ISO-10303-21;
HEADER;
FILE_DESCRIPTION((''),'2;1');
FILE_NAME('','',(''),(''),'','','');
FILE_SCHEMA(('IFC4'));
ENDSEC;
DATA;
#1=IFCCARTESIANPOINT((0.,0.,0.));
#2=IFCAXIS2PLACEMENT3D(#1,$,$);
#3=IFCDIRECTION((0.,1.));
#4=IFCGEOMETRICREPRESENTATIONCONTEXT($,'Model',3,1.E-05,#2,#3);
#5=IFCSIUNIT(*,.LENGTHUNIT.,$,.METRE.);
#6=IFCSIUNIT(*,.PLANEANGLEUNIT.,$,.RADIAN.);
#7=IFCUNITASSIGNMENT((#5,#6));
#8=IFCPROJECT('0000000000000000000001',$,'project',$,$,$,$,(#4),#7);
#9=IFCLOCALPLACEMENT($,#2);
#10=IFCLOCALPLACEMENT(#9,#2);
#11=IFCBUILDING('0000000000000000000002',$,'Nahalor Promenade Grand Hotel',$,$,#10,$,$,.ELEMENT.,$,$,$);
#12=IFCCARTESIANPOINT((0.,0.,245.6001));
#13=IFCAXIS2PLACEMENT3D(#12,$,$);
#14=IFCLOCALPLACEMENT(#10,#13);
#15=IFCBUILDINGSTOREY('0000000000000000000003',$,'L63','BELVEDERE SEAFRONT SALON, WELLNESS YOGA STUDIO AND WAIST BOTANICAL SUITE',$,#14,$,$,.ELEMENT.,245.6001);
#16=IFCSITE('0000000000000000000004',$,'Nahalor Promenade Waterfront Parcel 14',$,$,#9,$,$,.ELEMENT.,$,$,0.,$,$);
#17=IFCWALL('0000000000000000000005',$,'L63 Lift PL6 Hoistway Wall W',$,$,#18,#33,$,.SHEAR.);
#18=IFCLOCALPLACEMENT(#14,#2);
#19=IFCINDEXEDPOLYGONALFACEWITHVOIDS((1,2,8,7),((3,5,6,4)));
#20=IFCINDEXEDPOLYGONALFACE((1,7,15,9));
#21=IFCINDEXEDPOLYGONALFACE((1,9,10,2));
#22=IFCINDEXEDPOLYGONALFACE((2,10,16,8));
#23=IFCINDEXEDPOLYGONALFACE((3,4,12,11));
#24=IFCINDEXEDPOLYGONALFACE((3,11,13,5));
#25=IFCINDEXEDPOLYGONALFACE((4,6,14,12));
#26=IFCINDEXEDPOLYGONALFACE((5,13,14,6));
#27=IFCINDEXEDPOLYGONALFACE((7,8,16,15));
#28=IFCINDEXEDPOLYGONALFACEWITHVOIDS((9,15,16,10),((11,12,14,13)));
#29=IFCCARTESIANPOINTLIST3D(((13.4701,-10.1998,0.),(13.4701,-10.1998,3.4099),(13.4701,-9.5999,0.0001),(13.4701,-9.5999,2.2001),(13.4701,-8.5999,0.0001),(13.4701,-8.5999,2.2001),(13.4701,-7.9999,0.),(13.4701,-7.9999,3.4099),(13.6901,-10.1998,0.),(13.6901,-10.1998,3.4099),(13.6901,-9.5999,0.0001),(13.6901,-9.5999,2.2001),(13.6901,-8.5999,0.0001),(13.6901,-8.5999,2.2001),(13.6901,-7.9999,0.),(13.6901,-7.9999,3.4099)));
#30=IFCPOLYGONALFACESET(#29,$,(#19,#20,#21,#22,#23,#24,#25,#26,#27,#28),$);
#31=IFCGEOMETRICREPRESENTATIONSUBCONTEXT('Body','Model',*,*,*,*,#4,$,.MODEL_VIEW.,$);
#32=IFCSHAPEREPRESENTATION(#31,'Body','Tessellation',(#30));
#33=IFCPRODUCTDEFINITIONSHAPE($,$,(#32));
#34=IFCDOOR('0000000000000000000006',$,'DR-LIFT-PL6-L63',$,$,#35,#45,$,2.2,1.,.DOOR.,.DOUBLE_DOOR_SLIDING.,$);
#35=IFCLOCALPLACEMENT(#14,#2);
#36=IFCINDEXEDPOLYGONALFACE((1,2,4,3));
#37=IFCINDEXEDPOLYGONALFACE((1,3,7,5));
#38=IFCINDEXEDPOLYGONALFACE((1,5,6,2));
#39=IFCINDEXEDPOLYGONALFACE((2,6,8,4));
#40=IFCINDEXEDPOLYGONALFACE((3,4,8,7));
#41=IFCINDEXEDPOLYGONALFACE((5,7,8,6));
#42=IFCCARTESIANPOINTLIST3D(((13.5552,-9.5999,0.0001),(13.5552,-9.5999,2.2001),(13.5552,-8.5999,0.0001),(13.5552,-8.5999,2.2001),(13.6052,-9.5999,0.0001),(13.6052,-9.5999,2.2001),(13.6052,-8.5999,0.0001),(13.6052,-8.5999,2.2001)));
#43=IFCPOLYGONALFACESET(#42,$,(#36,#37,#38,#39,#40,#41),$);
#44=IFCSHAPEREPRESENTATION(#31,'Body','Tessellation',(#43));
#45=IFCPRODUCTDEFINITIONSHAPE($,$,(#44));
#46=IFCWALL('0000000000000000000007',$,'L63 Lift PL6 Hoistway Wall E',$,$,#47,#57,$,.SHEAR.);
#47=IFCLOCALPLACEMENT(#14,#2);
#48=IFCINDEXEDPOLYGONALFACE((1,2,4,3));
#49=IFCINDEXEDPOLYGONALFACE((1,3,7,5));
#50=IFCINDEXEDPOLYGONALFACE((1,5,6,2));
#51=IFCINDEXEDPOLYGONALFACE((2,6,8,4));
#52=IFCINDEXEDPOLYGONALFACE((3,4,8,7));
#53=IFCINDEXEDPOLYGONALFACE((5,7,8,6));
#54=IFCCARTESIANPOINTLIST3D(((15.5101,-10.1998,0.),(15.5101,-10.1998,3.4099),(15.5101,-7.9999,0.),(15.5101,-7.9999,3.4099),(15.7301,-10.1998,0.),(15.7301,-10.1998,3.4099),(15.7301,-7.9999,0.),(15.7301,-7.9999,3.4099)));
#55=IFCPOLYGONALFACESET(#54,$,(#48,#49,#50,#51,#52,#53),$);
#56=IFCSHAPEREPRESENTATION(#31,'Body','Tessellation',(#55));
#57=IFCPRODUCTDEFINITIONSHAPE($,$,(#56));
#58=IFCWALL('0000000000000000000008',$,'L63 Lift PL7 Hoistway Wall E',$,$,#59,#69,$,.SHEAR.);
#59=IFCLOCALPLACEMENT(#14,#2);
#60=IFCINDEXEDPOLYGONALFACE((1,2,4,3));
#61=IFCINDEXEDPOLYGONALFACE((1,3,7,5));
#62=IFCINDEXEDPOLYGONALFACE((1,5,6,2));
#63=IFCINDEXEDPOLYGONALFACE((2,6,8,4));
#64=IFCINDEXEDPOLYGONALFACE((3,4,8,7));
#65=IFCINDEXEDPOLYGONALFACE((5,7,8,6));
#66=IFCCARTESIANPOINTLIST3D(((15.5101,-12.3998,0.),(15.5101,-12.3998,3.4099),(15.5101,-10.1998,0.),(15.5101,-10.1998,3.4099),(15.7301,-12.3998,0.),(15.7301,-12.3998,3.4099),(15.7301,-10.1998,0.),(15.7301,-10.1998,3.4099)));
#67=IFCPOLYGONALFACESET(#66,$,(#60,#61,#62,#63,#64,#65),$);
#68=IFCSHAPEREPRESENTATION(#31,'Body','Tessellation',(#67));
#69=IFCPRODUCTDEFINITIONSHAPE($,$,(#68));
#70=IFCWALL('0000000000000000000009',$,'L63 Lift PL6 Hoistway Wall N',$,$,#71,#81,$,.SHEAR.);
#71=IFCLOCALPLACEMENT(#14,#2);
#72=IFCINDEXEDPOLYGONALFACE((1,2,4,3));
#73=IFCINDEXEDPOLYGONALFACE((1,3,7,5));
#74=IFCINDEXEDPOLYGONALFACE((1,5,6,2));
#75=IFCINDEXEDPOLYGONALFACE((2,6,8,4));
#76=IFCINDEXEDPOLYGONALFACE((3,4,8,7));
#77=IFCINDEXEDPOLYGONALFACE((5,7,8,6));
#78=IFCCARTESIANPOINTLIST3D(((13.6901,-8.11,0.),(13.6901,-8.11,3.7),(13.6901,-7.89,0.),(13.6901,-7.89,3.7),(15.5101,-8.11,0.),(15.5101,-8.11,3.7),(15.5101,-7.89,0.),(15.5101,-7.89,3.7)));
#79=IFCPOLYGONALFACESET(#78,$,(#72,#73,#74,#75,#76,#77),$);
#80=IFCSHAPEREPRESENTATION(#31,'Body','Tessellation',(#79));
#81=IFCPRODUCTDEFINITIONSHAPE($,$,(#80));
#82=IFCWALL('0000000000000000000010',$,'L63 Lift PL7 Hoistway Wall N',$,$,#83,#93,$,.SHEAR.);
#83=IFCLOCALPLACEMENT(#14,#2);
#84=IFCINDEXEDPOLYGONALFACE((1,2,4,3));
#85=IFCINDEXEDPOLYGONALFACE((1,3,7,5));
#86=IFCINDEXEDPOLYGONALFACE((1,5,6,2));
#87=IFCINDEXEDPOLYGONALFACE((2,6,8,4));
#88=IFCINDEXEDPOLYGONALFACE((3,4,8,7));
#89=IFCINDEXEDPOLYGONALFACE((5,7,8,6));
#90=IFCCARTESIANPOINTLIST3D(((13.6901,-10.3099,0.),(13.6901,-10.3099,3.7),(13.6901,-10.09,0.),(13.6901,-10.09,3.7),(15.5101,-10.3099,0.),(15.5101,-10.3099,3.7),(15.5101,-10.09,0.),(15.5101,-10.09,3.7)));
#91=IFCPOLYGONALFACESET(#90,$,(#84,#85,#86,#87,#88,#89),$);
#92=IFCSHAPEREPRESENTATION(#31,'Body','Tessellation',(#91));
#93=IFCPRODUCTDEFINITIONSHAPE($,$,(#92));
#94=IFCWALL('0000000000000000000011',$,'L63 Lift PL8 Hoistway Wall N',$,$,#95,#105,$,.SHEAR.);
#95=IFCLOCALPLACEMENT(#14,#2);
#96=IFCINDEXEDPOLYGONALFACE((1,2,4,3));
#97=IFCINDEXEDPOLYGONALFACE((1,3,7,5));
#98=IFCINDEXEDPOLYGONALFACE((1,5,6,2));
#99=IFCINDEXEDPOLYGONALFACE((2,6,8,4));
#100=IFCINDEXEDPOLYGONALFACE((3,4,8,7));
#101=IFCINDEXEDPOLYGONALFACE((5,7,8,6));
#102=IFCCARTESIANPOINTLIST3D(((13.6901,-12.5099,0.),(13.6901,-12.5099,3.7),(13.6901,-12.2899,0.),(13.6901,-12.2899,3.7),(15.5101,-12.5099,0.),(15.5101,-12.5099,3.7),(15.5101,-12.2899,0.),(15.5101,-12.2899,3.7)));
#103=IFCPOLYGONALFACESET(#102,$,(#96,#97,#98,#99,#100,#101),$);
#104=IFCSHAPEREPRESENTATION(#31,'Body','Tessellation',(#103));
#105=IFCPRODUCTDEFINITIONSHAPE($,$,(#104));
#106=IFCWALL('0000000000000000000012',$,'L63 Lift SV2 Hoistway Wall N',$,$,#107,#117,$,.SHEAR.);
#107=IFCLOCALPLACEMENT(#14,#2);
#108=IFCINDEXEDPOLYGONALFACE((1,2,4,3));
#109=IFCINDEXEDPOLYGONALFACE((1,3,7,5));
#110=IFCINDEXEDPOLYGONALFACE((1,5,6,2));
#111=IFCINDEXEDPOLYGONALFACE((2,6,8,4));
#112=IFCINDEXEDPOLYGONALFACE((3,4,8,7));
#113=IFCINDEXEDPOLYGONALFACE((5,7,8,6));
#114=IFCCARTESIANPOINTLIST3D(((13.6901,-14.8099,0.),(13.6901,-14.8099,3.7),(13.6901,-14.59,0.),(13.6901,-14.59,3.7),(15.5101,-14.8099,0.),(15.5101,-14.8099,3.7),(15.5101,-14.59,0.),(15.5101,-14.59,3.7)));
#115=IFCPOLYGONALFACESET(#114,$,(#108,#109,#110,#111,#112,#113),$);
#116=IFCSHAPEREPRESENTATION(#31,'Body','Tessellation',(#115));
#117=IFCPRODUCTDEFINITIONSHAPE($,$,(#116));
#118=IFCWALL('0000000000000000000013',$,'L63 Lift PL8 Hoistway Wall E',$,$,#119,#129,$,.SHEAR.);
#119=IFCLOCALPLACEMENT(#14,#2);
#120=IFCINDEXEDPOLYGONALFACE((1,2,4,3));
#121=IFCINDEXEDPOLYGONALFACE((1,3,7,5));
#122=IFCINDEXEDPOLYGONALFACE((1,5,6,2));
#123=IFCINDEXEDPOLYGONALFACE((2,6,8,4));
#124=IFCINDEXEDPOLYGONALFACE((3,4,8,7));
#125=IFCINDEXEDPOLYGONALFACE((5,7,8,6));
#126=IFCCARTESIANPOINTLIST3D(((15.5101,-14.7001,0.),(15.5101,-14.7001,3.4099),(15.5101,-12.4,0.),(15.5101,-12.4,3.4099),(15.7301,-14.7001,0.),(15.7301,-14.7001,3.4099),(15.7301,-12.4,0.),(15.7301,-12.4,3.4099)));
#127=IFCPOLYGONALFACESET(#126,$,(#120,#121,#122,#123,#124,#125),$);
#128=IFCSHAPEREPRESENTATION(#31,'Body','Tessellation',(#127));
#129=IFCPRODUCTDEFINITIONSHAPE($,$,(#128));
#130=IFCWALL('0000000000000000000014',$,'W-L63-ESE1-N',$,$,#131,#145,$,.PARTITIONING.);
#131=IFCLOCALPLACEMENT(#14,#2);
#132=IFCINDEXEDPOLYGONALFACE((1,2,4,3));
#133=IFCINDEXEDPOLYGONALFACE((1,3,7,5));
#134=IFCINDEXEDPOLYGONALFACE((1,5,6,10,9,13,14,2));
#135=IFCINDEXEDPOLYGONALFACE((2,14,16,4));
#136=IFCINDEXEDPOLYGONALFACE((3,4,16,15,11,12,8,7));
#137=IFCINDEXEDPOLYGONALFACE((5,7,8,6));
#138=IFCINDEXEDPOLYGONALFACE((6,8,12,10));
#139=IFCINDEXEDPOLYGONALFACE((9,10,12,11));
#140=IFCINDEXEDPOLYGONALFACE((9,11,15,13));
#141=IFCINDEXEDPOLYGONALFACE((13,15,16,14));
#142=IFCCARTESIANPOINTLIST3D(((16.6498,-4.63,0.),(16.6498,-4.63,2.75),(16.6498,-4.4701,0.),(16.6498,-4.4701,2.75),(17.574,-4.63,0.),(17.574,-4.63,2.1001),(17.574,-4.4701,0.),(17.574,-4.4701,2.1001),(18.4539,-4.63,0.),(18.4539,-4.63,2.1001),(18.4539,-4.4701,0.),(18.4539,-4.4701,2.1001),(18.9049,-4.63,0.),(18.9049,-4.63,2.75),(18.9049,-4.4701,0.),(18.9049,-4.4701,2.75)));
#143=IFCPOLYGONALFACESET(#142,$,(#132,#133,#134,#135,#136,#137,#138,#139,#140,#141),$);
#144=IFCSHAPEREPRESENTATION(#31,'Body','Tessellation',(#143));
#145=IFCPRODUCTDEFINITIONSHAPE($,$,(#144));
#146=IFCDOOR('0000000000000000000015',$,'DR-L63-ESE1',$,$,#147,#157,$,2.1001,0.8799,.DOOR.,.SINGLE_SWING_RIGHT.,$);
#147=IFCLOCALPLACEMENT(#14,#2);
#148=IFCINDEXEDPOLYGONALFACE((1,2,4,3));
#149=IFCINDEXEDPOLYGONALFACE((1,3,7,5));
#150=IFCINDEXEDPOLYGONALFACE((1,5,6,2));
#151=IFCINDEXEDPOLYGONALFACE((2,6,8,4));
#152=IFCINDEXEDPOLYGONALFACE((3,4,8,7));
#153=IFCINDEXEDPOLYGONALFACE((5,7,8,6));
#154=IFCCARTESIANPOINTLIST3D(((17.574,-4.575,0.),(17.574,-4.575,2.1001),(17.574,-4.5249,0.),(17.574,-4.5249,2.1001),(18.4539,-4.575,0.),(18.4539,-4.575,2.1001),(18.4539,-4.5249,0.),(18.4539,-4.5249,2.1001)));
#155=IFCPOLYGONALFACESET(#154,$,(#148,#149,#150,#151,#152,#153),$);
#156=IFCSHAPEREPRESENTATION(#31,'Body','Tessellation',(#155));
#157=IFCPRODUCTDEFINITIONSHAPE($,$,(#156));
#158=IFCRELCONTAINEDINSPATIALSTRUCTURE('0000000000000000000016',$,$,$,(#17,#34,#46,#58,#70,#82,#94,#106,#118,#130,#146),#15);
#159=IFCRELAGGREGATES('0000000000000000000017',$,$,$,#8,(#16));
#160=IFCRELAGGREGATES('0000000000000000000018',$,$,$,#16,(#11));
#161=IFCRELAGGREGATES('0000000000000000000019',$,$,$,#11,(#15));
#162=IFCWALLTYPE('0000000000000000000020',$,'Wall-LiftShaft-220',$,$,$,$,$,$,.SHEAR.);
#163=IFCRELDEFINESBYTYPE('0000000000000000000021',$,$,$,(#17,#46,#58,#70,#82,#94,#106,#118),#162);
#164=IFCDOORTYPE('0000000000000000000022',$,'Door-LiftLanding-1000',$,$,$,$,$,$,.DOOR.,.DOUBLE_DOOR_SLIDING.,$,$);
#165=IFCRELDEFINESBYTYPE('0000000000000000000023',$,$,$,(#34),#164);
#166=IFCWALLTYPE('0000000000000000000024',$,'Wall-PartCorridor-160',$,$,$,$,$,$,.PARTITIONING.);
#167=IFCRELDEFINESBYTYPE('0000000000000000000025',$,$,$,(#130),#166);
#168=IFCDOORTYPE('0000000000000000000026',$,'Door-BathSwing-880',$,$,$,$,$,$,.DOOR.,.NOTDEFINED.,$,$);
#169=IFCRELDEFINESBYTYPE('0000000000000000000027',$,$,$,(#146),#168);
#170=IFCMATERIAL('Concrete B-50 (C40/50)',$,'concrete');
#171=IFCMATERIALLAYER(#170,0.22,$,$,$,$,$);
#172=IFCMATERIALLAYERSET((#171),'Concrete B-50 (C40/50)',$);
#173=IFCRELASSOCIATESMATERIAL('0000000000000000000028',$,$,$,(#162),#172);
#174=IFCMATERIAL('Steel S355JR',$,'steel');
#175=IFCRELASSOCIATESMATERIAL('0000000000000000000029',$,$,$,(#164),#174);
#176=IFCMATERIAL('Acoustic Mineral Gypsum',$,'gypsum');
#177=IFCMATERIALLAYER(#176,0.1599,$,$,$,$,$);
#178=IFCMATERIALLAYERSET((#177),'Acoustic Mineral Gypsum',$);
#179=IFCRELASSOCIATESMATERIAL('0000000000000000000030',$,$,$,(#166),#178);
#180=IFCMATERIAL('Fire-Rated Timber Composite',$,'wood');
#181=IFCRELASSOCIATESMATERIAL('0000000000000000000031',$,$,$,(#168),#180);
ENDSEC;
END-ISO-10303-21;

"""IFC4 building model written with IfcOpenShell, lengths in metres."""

from ifc_helpers import new_model, si_unit, direction, frame, frame_2d, origin, place, context, subcontext, project, spatial, rectangle, extrude, source, transform, mapped, material, layer, layer_set, type_object, element, fill, save


model = new_model("IFC4")

# Units and contexts
model_context = context("Model", 3, precision=1e-05, world=origin(), true_north=direction((0.0, 1.0)))
body_context = subcontext(model_context, "Body", "Model", "MODEL_VIEW")
ifc_project = project(units=[si_unit("LENGTHUNIT", "METRE"), si_unit("PLANEANGLEUNIT", "RADIAN")], contexts=[model_context])

# Site, building, storey
site_placement = place(None, origin())
site = spatial("IfcSite", under=ifc_project, at=site_placement, Name="Nahalor Promenade Waterfront Parcel 14", CompositionType="ELEMENT", RefElevation=0.0)
building_placement = place(site_placement, origin())
building = spatial("IfcBuilding", under=site, at=building_placement, Name="Nahalor Promenade Grand Hotel", CompositionType="ELEMENT")
storey_placement = place(building_placement, frame((0.0, 0.0, 245.6001)))
storey = spatial("IfcBuildingStorey", under=building, at=storey_placement, Name="L63", Description="BELVEDERE SEAFRONT SALON, WELLNESS YOGA STUDIO AND WAIST BOTANICAL SUITE", CompositionType="ELEMENT", Elevation=245.6001)

# Shared definitions
ifc_material_1 = material(Name="Steel S355JR", Category="steel")

# Shared definitions
ifc_material_2 = material(Name="Concrete B-50 (C40/50)", Category="concrete")
ifc_layer_1 = layer(ifc_material_2, 0.22)
ifc_layer_set_1 = layer_set([ifc_layer_1], Name="Concrete B-50 (C40/50)")
wall_type_1 = type_object("IfcWallType", Name="Wall-LiftShaft-220", PredefinedType="SHEAR", material=ifc_layer_set_1)
door_type_1 = type_object("IfcDoorType", Name="Door-LiftLanding-1000", OperationType="DOUBLE_DOOR_SLIDING", PredefinedType="DOOR", material=ifc_material_1)
shared_shape_1 = source(origin(), body_context, "Body", "SweptSolid", [
    extrude(rectangle(XDim=1.0, YDim=2.2, at=frame_2d((0.5, 1.1001))), frame((0.0, 0.0249, 0.0), z_axis=(0.0, -1.0, 0.0), x_axis=(1.0, 0.0, 0.0)), (0.0, 0.0, 1.0), 0.05),
])

# Wall, opening, door
shared_shape_2 = source(origin(), body_context, "Body", "SweptSolid", [
    extrude(rectangle(XDim=2.2, YDim=0.22, at=frame_2d((1.1001, 0.0))), origin(), (0.0, 0.0, 1.0), 3.4099),
])
wall_1_placement = place(storey_placement, frame((13.5801, -10.2, 0.0), z_axis=(0.0, 0.0, 1.0), x_axis=(0.0, 1.0, 0.0)))
wall_1 = element("IfcWall", 1, at=wall_1_placement, inside=storey, type_object=wall_type_1, Name="L63 Lift PL6 Hoistway Wall W", PredefinedType="SHEAR", context=body_context, shape_type="MappedRepresentation", body=[
    mapped(shared_shape_2, transform((0.0, 0.0, 0.0), scale=1.0)),
])
opening_1_placement = place(wall_1_placement, frame((0.6001, 0.0, 0.0)))
opening_1 = element("IfcOpeningElement", 2, at=opening_1_placement, cuts=wall_1, PredefinedType="OPENING", context=body_context, shape_type="SweptSolid", body=[
    extrude(rectangle(XDim=1.0, YDim=2.2, at=frame_2d((0.5, 1.1001))), frame((0.0, 0.1199, 0.0), z_axis=(0.0, -1.0, 0.0), x_axis=(1.0, 0.0, 0.0)), (0.0, 0.0, 1.0), 0.24),
])
door_1_placement = place(opening_1_placement, origin())
door_1 = element("IfcDoor", 3, at=door_1_placement, inside=storey, type_object=door_type_1, Name="DR-LIFT-PL6-L63", OperationType="DOUBLE_DOOR_SLIDING", OverallHeight=2.2, OverallWidth=1.0, PredefinedType="DOOR", context=body_context, shape_type="MappedRepresentation", body=[
    mapped(shared_shape_1, transform((0.0, 0.0, 0.0), scale=1.0)),
])
fill(opening_1, door_1)

# Walls
for number, where, z_axis, x_axis, name in (
    (4, (15.6201, -10.2, 0.0), (0.0, 0.0, 1.0), (0.0, 1.0, 0.0), "L63 Lift PL6 Hoistway Wall E"),
    (5, (15.6201, -12.3999, 0.0), (0.0, 0.0, 1.0), (0.0, 1.0, 0.0), "L63 Lift PL7 Hoistway Wall E"),
):
    element("IfcWall", number, at=place(storey_placement, frame(where, z_axis=z_axis, x_axis=x_axis)), inside=storey, type_object=wall_type_1, Name=name, PredefinedType="SHEAR", context=body_context, shape_type="MappedRepresentation", body=[
        mapped(shared_shape_2, transform((0.0, 0.0, 0.0), scale=1.0)),
    ])
shared_shape_3 = source(origin(), body_context, "Body", "SweptSolid", [
    extrude(rectangle(XDim=1.8201, YDim=0.22, at=frame_2d((0.9102, 0.0))), origin(), (0.0, 0.0, 1.0), 3.7),
])
for number, where, z_axis, x_axis, name in (
    (6, (13.6899, -8.0, 0.0), (0.0, 0.0, 1.0), (1.0, 0.0, 0.0), "L63 Lift PL6 Hoistway Wall N"),
    (7, (13.6899, -10.2, 0.0), (0.0, 0.0, 1.0), (1.0, 0.0, 0.0), "L63 Lift PL7 Hoistway Wall N"),
    (8, (13.6899, -12.3999, 0.0), (0.0, 0.0, 1.0), (1.0, 0.0, 0.0), "L63 Lift PL8 Hoistway Wall N"),
    (9, (13.6899, -14.7, 0.0), (0.0, 0.0, 1.0), (1.0, 0.0, 0.0), "L63 Lift SV2 Hoistway Wall N"),
):
    element("IfcWall", number, at=place(storey_placement, frame(where, z_axis=z_axis, x_axis=x_axis)), inside=storey, type_object=wall_type_1, Name=name, PredefinedType="SHEAR", context=body_context, shape_type="MappedRepresentation", body=[
        mapped(shared_shape_3, transform((0.0, 0.0, 0.0), scale=1.0)),
    ])
shared_shape_4 = source(origin(), body_context, "Body", "SweptSolid", [
    extrude(rectangle(XDim=2.3, YDim=0.22, at=frame_2d((1.1499, 0.0))), origin(), (0.0, 0.0, 1.0), 3.4099),
])
wall_2_placement = place(storey_placement, frame((15.6201, -14.7, 0.0), z_axis=(0.0, 0.0, 1.0), x_axis=(0.0, 1.0, 0.0)))
element("IfcWall", 10, at=wall_2_placement, inside=storey, type_object=wall_type_1, Name="L63 Lift PL8 Hoistway Wall E", PredefinedType="SHEAR", context=body_context, shape_type="MappedRepresentation", body=[
    mapped(shared_shape_4, transform((0.0, 0.0, 0.0), scale=1.0)),
])

# Wall, opening, door
ifc_material_3 = material(Name="Acoustic Mineral Gypsum", Category="gypsum")
ifc_layer_2 = layer(ifc_material_3, 0.1599)
ifc_layer_set_2 = layer_set([ifc_layer_2], Name="Acoustic Mineral Gypsum")
wall_type_2 = type_object("IfcWallType", Name="Wall-PartCorridor-160", PredefinedType="PARTITIONING", material=ifc_layer_set_2)
shared_shape_5 = source(origin(), body_context, "Body", "SweptSolid", [
    extrude(rectangle(XDim=2.2551, YDim=0.1599, at=frame_2d((1.1274, 0.0))), origin(), (0.0, 0.0, 1.0), 2.75),
])
wall_3_placement = place(storey_placement, frame((16.6499, -4.55, 0.0), z_axis=(0.0, 0.0, 1.0), x_axis=(1.0, 0.0, 0.0)))
wall_3 = element("IfcWall", 11, at=wall_3_placement, inside=storey, type_object=wall_type_2, Name="W-L63-ESE1-N", PredefinedType="PARTITIONING", context=body_context, shape_type="MappedRepresentation", body=[
    mapped(shared_shape_5, transform((0.0, 0.0, 0.0), scale=1.0)),
])
opening_2_placement = place(wall_3_placement, frame((0.9241, 0.0, 0.0)))
opening_2 = element("IfcOpeningElement", 12, at=opening_2_placement, cuts=wall_3, PredefinedType="OPENING", context=body_context, shape_type="SweptSolid", body=[
    extrude(rectangle(XDim=0.8799, YDim=2.1001, at=frame_2d((0.4399, 1.05))), frame((0.0, 0.0898, 0.0), z_axis=(0.0, -1.0, 0.0), x_axis=(1.0, 0.0, 0.0)), (0.0, 0.0, 1.0), 0.1799),
])
ifc_material_4 = material(Name="Fire-Rated Timber Composite", Category="wood")
door_type_2 = type_object("IfcDoorType", Name="Door-BathSwing-880", OperationType="NOTDEFINED", PredefinedType="DOOR", material=ifc_material_4)
shared_shape_6 = source(origin(), body_context, "Body", "SweptSolid", [
    extrude(rectangle(XDim=0.8799, YDim=2.1001, at=frame_2d((0.4399, 1.05))), frame((0.0, 0.0249, 0.0), z_axis=(0.0, -1.0, 0.0), x_axis=(1.0, 0.0, 0.0)), (0.0, 0.0, 1.0), 0.05),
])
door_2_placement = place(opening_2_placement, frame((0.8799, 0.0, 0.0), z_axis=(0.0, 0.0, 1.0), x_axis=(-1.0, 0.0, 0.0)))
door_2 = element("IfcDoor", 13, at=door_2_placement, inside=storey, type_object=door_type_2, Name="DR-L63-ESE1", OperationType="SINGLE_SWING_RIGHT", OverallHeight=2.1001, OverallWidth=0.8799, PredefinedType="DOOR", context=body_context, shape_type="MappedRepresentation", body=[
    mapped(shared_shape_6, transform((0.0, 0.0, 0.0), scale=1.0)),
])
fill(opening_2, door_2)

save(model, "model.ifc")
